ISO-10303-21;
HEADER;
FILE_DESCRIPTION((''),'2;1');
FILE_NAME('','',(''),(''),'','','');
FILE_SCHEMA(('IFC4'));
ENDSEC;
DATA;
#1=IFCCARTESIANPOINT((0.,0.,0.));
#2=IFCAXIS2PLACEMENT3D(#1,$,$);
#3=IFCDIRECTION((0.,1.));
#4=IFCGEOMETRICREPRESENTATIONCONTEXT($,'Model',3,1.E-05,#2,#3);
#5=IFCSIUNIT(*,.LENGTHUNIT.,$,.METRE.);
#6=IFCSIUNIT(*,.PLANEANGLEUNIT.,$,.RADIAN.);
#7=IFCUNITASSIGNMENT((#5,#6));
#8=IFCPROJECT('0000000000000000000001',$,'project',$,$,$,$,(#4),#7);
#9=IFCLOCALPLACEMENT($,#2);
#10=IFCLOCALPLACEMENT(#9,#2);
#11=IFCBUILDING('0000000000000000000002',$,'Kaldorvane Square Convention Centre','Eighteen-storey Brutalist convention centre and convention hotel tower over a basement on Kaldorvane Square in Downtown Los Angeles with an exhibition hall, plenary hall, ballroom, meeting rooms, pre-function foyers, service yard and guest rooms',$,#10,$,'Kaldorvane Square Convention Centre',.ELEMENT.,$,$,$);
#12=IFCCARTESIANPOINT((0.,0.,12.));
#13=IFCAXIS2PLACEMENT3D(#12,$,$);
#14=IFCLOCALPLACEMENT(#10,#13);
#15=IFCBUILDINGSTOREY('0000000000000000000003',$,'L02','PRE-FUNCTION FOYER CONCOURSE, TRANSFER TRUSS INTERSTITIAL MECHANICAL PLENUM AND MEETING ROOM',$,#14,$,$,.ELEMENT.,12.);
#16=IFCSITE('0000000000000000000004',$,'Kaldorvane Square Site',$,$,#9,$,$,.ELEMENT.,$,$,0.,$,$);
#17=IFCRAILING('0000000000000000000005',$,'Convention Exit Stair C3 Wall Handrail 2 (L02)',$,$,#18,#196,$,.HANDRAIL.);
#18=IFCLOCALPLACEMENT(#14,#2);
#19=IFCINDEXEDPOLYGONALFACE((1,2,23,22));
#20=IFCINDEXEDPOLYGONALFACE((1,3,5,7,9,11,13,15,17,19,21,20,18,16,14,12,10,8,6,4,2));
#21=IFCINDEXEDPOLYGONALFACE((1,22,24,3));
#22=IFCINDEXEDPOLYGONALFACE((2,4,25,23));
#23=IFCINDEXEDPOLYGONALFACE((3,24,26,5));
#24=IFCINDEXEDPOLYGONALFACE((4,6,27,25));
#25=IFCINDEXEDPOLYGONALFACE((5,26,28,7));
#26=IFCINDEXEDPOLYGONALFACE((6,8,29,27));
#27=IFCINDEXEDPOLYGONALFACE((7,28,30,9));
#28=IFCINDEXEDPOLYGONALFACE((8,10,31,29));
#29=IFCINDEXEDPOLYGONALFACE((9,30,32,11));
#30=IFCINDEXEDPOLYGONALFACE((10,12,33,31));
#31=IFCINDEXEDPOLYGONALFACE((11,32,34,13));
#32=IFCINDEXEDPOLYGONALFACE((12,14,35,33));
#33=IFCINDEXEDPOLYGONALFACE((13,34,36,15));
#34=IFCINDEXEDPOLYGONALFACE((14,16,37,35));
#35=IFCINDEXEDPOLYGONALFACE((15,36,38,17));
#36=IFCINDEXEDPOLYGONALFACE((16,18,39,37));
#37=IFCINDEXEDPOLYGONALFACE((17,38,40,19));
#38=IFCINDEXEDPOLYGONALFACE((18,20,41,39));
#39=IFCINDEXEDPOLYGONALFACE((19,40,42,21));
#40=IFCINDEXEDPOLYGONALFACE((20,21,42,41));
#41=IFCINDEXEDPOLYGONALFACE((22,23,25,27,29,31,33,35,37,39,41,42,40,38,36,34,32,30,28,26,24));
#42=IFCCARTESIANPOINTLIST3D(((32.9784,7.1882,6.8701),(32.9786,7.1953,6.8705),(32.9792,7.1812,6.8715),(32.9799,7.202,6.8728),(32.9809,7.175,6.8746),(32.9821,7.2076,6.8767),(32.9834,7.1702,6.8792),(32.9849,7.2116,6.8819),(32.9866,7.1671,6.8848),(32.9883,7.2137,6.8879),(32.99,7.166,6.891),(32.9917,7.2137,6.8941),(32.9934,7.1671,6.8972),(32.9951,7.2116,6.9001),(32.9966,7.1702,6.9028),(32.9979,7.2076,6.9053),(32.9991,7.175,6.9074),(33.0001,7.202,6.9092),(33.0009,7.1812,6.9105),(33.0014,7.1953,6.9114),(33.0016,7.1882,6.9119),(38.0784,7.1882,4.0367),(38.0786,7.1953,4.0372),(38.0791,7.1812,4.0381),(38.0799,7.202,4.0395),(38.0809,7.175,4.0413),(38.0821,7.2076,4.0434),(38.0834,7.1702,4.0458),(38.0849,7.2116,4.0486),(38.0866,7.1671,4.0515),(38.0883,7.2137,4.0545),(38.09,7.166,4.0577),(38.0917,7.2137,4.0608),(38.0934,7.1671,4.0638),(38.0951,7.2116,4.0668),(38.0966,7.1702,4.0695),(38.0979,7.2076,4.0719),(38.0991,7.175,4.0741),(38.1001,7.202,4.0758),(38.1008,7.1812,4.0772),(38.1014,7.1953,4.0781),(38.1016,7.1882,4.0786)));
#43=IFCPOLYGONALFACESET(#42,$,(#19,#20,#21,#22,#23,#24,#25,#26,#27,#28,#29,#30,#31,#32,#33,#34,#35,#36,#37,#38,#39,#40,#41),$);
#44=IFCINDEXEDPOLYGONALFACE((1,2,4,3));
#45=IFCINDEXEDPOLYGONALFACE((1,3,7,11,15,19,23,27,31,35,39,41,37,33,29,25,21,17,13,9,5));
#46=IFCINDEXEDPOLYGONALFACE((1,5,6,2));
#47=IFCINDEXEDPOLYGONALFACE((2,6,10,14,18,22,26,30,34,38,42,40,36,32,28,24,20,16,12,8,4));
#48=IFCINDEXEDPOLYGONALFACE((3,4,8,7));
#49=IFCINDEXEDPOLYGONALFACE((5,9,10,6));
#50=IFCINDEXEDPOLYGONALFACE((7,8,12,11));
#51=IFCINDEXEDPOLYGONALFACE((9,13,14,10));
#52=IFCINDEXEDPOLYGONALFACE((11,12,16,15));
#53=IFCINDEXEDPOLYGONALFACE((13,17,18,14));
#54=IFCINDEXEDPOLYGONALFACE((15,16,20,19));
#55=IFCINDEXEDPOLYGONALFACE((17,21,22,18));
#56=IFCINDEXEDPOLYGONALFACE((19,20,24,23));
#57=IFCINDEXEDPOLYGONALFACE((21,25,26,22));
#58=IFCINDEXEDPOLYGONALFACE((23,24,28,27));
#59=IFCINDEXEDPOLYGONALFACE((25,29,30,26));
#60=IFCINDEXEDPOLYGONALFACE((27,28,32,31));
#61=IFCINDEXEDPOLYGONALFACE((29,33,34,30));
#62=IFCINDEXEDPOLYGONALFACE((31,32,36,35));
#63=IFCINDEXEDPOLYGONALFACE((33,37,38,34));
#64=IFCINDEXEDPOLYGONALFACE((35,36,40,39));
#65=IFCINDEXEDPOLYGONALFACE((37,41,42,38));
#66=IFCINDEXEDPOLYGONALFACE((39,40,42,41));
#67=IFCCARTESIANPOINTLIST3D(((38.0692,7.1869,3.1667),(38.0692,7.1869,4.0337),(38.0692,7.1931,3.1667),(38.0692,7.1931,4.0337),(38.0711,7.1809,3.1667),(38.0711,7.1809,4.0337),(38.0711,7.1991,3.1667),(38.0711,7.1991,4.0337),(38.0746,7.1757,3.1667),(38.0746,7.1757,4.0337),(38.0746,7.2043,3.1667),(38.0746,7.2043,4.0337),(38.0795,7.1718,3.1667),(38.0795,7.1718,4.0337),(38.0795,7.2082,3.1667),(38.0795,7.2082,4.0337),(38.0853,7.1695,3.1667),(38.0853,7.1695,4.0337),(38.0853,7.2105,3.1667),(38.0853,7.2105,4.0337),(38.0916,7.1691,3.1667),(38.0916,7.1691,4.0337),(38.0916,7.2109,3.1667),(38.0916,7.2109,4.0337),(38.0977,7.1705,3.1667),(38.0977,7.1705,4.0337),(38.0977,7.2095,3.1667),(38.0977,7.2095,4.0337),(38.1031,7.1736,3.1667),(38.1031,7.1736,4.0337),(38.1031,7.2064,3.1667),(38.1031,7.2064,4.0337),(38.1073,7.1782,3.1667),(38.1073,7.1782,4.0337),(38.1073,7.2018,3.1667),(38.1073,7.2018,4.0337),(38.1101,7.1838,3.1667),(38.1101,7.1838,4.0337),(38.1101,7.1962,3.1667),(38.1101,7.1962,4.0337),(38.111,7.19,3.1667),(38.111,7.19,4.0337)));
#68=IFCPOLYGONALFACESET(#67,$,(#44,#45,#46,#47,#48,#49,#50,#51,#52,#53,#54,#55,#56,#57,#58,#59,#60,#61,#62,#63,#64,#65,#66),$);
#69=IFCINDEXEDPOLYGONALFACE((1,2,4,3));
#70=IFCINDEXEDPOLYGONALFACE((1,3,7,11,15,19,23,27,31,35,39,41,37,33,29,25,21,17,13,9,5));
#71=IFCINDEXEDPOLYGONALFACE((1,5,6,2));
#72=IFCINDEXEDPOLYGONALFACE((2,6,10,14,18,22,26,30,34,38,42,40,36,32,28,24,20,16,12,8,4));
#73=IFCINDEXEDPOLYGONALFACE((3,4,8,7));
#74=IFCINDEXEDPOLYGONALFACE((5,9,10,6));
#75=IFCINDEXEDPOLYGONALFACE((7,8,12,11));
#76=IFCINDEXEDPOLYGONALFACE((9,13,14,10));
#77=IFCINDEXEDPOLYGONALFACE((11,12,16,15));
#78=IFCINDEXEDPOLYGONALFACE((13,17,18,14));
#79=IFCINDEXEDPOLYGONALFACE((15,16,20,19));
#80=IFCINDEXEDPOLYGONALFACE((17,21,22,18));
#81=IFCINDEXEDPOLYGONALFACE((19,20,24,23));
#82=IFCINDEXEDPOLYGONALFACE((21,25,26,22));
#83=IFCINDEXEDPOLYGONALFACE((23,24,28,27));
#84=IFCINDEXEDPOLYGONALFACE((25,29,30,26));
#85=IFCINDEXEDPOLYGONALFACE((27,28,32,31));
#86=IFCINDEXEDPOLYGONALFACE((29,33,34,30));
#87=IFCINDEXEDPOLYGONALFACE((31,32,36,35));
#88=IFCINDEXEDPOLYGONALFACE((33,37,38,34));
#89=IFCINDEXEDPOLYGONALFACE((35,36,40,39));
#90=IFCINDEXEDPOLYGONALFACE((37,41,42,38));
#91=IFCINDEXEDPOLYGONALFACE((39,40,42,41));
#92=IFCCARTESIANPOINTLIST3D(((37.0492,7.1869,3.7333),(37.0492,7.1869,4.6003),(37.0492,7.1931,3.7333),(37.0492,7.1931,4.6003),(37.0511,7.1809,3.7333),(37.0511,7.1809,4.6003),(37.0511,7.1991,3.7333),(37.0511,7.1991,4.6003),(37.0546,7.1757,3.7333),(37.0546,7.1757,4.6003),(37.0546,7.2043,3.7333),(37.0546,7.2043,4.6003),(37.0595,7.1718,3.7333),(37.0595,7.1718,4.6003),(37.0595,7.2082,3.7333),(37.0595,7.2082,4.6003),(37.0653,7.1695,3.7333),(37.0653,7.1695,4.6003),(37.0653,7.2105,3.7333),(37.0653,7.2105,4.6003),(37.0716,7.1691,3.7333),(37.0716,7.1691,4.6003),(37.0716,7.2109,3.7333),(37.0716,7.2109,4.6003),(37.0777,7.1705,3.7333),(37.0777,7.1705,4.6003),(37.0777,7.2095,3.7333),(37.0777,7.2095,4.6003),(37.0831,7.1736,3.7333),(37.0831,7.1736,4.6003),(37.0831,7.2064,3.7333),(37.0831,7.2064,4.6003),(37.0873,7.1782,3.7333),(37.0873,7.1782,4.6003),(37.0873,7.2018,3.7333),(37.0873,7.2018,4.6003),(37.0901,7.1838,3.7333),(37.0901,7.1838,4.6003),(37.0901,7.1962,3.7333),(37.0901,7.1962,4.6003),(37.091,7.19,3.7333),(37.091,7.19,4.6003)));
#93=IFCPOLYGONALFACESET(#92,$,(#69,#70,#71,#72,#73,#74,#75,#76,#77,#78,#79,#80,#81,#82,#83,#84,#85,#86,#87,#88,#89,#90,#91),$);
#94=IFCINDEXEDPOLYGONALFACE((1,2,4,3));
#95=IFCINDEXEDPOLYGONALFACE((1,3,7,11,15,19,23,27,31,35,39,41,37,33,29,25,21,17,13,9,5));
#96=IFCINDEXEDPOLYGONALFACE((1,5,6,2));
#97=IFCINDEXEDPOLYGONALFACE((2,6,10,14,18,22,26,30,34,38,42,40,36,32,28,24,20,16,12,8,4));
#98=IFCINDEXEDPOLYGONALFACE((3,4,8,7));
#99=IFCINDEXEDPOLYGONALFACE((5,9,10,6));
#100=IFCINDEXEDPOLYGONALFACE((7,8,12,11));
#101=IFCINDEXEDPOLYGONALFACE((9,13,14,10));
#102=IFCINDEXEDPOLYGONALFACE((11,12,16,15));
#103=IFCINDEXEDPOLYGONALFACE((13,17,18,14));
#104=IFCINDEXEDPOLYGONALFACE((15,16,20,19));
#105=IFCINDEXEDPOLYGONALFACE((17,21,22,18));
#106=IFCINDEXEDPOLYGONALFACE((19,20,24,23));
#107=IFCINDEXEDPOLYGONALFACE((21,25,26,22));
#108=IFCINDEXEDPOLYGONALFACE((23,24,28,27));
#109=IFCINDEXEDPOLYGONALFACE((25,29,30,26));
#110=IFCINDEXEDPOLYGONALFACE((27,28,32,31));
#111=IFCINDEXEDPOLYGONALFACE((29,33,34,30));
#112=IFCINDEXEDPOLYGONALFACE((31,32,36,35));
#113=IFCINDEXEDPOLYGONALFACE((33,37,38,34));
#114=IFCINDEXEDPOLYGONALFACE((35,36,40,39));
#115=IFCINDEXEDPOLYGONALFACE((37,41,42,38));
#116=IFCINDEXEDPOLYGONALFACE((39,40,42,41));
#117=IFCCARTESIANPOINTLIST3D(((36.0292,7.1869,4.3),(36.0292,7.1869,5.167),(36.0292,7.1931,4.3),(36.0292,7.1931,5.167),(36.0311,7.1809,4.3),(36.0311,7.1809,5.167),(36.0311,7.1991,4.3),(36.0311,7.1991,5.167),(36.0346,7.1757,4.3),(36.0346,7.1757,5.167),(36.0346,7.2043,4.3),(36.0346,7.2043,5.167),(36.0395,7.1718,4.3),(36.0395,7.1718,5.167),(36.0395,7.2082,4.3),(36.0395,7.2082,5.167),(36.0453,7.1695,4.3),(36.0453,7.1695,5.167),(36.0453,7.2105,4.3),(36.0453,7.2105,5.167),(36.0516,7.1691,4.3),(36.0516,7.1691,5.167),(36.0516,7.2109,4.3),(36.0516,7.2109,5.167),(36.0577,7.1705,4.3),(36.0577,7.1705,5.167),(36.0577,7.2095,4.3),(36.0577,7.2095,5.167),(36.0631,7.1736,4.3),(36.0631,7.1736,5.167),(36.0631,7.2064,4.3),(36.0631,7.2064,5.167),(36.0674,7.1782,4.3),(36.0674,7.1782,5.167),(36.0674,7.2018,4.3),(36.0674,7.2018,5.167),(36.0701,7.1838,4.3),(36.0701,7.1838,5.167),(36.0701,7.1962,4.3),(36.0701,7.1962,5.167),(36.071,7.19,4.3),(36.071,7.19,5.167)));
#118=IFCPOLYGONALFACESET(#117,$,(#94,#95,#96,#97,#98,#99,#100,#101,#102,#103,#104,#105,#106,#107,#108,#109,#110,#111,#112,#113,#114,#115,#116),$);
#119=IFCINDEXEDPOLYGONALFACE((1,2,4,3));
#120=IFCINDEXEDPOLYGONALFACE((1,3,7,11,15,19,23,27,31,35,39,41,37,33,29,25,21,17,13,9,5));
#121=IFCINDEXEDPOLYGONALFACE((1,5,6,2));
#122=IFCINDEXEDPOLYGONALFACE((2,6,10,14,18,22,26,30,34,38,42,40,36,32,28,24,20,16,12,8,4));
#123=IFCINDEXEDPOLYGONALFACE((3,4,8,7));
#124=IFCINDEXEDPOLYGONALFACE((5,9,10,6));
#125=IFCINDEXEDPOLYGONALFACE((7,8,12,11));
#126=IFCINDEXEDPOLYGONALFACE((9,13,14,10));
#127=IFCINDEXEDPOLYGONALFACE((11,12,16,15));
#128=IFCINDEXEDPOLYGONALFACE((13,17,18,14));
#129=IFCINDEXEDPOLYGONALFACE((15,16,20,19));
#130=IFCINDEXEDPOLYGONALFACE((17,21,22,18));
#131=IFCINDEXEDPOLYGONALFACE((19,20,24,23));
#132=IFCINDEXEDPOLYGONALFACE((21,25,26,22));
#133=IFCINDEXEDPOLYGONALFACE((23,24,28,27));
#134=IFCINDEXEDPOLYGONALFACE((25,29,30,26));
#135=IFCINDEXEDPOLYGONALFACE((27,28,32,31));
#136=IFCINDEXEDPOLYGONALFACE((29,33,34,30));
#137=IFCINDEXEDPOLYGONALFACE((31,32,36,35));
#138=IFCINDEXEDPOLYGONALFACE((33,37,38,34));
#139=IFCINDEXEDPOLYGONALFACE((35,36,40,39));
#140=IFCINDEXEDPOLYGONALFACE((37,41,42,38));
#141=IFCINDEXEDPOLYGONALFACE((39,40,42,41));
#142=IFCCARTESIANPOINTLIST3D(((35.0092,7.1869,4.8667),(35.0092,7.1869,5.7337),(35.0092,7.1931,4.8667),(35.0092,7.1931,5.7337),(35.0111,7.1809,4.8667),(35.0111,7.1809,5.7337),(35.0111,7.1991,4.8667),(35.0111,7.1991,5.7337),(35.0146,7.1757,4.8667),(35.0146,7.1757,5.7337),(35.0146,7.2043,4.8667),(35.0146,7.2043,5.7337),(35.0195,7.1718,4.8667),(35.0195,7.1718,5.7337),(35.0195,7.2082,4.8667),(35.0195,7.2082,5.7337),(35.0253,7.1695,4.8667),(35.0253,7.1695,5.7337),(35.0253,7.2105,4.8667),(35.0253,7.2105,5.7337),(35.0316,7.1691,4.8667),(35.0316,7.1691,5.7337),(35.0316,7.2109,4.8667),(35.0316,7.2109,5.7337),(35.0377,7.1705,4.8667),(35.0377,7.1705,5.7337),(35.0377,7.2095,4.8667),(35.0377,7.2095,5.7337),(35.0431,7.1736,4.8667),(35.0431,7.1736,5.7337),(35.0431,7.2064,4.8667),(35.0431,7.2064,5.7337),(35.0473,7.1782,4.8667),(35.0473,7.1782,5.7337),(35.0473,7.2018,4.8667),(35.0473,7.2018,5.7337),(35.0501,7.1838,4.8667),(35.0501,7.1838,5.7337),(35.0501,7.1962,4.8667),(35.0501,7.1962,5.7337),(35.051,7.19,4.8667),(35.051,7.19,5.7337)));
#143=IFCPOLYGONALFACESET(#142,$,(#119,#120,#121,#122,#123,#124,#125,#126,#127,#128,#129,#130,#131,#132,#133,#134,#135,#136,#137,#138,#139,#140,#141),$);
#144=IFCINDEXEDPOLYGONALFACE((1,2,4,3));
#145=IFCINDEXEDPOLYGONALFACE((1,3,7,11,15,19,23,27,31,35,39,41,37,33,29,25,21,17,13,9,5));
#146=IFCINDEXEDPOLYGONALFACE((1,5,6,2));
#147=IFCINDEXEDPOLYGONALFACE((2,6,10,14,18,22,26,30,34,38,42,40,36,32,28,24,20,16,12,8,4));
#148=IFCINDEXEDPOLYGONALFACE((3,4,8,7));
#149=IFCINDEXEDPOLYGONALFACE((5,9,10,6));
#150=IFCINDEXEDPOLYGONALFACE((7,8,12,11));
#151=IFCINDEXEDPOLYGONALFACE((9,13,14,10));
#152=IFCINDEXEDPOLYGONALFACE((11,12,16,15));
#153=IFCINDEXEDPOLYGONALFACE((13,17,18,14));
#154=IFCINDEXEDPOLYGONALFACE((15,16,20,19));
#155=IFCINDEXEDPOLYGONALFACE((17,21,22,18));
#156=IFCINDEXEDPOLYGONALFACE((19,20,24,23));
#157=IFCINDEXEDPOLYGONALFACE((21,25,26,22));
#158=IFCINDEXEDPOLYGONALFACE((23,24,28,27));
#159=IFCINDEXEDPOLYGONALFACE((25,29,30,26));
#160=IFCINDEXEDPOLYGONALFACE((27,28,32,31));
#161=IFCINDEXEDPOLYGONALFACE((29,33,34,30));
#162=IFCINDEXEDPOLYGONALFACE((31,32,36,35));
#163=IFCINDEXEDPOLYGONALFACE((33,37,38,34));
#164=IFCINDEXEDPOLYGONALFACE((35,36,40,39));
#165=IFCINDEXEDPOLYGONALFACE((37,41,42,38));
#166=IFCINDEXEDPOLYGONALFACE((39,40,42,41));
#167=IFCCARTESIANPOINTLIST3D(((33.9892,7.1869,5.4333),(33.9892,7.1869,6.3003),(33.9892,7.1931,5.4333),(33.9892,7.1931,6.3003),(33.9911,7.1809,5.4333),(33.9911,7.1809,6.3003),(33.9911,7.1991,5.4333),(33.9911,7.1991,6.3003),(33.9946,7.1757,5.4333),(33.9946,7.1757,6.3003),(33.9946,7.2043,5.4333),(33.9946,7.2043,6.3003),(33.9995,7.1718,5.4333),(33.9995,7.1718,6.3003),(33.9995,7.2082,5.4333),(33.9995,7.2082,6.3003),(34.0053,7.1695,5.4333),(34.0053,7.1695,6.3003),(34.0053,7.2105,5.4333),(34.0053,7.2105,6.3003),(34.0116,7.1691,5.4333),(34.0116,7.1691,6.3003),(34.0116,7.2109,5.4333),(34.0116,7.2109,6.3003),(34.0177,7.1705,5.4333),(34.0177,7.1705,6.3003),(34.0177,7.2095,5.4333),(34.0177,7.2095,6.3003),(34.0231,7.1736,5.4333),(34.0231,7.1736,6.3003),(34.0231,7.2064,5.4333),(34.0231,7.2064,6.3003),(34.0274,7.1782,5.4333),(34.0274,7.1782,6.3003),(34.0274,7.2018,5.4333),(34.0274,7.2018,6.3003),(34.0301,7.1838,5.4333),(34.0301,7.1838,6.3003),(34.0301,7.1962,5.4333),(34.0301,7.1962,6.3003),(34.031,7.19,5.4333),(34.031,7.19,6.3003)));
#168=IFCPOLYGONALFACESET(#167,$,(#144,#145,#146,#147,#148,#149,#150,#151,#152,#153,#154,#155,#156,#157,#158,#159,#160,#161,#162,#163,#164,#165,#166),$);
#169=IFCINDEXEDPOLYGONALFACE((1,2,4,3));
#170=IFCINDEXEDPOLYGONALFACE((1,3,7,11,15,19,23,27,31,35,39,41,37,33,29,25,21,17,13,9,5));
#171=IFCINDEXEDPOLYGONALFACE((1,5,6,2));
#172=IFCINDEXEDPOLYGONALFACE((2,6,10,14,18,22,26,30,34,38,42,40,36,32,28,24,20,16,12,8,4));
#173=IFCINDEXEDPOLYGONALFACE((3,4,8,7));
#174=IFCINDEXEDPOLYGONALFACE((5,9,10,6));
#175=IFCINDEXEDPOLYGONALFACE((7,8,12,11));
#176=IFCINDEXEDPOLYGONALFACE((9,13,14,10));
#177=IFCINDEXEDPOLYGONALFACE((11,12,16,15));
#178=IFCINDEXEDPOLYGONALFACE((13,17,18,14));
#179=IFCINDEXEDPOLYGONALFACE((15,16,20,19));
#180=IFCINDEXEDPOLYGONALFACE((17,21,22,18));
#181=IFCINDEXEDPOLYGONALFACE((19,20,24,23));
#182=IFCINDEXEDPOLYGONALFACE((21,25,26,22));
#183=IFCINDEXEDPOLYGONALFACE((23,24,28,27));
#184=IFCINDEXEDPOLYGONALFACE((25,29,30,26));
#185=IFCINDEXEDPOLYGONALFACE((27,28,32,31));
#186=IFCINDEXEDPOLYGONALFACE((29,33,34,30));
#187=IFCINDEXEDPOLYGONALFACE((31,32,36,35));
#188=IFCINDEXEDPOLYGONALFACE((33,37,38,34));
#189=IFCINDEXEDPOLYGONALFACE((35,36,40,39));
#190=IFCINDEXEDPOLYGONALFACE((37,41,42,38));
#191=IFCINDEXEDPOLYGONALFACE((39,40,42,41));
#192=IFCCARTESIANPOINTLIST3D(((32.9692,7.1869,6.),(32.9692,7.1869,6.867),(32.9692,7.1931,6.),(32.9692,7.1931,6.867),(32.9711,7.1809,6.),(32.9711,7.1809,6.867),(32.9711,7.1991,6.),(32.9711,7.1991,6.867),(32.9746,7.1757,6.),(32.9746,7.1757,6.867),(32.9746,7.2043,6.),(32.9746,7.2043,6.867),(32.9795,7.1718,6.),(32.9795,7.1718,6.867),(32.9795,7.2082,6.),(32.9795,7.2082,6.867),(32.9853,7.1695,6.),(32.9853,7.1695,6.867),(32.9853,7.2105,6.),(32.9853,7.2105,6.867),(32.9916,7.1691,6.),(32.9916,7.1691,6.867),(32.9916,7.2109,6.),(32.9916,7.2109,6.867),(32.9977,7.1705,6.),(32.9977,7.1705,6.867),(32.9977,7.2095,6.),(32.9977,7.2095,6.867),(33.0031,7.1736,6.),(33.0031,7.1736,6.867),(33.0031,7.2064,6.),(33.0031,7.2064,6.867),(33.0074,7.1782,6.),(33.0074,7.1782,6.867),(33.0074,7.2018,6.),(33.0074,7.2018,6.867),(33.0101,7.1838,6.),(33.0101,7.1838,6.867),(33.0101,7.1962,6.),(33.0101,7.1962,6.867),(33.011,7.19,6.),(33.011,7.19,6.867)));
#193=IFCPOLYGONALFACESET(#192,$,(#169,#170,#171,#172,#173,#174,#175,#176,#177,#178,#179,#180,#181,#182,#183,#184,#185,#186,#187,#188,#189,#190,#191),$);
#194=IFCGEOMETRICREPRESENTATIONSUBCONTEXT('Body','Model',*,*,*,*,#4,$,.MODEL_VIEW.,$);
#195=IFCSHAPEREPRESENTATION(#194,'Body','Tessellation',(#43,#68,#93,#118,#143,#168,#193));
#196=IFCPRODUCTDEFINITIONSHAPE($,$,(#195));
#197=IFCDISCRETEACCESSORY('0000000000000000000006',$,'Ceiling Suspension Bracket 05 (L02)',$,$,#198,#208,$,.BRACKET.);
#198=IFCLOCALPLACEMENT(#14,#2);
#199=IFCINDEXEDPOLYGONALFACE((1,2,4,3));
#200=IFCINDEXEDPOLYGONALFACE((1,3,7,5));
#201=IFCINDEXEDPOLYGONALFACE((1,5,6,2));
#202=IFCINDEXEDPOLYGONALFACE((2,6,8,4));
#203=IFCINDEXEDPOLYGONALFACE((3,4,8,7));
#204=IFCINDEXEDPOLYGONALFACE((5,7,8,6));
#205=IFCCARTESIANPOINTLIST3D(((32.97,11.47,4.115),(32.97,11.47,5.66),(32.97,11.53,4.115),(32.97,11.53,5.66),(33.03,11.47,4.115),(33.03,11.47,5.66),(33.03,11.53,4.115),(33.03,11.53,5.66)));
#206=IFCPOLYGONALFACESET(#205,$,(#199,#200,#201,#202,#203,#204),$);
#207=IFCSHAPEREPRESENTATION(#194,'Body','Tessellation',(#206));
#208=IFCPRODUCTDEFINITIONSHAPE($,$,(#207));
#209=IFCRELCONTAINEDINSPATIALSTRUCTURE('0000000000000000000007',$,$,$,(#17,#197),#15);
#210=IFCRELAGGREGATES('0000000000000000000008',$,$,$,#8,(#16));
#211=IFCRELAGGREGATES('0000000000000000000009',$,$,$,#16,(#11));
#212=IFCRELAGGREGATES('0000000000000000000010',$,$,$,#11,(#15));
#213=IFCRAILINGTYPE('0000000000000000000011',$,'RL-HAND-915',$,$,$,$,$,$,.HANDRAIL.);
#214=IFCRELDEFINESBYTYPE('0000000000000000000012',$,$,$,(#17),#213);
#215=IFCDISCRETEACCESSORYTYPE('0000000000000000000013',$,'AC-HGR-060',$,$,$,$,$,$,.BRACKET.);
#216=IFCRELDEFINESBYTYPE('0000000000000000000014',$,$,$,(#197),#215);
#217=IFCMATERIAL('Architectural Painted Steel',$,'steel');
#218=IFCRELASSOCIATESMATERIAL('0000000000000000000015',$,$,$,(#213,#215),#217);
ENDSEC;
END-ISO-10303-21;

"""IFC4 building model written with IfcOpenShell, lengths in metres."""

from ifc_helpers import new_model, si_unit, direction, frame, origin, origin_2d, place, context, subcontext, project, spatial, rectangle, circle, extrude, material, type_object, element, save


model = new_model("IFC4")

# Units and contexts
model_context = context("Model", 3, precision=1e-05, world=origin(), true_north=direction((0.0, 1.0)))
body_context = subcontext(model_context, "Body", "Model", "MODEL_VIEW")
ifc_project = project(units=[si_unit("LENGTHUNIT", "METRE"), si_unit("PLANEANGLEUNIT", "RADIAN")], contexts=[model_context])

# Site, building, storey
site_placement = place(None, origin())
site = spatial("IfcSite", under=ifc_project, at=site_placement, Name="Kaldorvane Square Site", CompositionType="ELEMENT", RefElevation=0.0)
building_placement = place(site_placement, origin())
building = spatial("IfcBuilding", under=site, at=building_placement, Name="Kaldorvane Square Convention Centre", Description="Eighteen-storey Brutalist convention centre and convention hotel tower over a basement on Kaldorvane Square in Downtown Los Angeles with an exhibition hall, plenary hall, ballroom, meeting rooms, pre-function foyers, service yard and guest rooms", LongName="Kaldorvane Square Convention Centre", CompositionType="ELEMENT")
storey_placement = place(building_placement, frame((0.0, 0.0, 12.0)))
storey = spatial("IfcBuildingStorey", under=building, at=storey_placement, Name="L02", Description="PRE-FUNCTION FOYER CONCOURSE, TRANSFER TRUSS INTERSTITIAL MECHANICAL PLENUM AND MEETING ROOM", CompositionType="ELEMENT", Elevation=12.0)

# Railing
ifc_material_1 = material(Name="Architectural Painted Steel", Category="steel")
railing_type_1 = type_object("IfcRailingType", Name="RL-HAND-915", PredefinedType="HANDRAIL", material=ifc_material_1)
railing_1_placement = place(storey_placement, frame((38.09, 7.19, 3.1667)))
element("IfcRailing", 1, at=railing_1_placement, inside=storey, type_object=railing_type_1, Name="Convention Exit Stair C3 Wall Handrail 2 (L02)", PredefinedType="HANDRAIL", context=body_context, shape_type="SweptSolid", body=[
    extrude(circle(Radius=0.024, at=origin_2d()), frame((0.0, 0.0, 0.891), z_axis=(-0.874157, 0.0, 0.485643), x_axis=(0.0, -1.0, 0.0)), (0.0, 0.0, 1.0), 5.8342),
    extrude(circle(Radius=0.021, at=origin_2d()), origin(), (0.0, 0.0, 1.0), 0.867),
    extrude(circle(Radius=0.021, at=origin_2d()), frame((-1.02, 0.0, 0.5667)), (0.0, 0.0, 1.0), 0.867),
    extrude(circle(Radius=0.021, at=origin_2d()), frame((-2.04, 0.0, 1.1333)), (0.0, 0.0, 1.0), 0.867),
    extrude(circle(Radius=0.021, at=origin_2d()), frame((-3.06, 0.0, 1.7)), (0.0, 0.0, 1.0), 0.867),
    extrude(circle(Radius=0.021, at=origin_2d()), frame((-4.08, 0.0, 2.2667)), (0.0, 0.0, 1.0), 0.867),
    extrude(circle(Radius=0.021, at=origin_2d()), frame((-5.1, 0.0, 2.8333)), (0.0, 0.0, 1.0), 0.867),
])

# Discrete accessory
discrete_accessory_type = type_object("IfcDiscreteAccessoryType", Name="AC-HGR-060", PredefinedType="BRACKET", material=ifc_material_1)
discrete_accessory_placement = place(storey_placement, frame((33.0, 11.5, 4.115), z_axis=(0.0, 0.0, 1.0), x_axis=(1.0, 0.0, 0.0)))
element("IfcDiscreteAccessory", 2, at=discrete_accessory_placement, inside=storey, type_object=discrete_accessory_type, Name="Ceiling Suspension Bracket 05 (L02)", PredefinedType="BRACKET", context=body_context, shape_type="SweptSolid", body=[
    extrude(rectangle(XDim=0.06, YDim=0.06, at=origin_2d()), origin(), (0.0, 0.0, 1.0), 1.545),
])

save(model, "model.ifc")
